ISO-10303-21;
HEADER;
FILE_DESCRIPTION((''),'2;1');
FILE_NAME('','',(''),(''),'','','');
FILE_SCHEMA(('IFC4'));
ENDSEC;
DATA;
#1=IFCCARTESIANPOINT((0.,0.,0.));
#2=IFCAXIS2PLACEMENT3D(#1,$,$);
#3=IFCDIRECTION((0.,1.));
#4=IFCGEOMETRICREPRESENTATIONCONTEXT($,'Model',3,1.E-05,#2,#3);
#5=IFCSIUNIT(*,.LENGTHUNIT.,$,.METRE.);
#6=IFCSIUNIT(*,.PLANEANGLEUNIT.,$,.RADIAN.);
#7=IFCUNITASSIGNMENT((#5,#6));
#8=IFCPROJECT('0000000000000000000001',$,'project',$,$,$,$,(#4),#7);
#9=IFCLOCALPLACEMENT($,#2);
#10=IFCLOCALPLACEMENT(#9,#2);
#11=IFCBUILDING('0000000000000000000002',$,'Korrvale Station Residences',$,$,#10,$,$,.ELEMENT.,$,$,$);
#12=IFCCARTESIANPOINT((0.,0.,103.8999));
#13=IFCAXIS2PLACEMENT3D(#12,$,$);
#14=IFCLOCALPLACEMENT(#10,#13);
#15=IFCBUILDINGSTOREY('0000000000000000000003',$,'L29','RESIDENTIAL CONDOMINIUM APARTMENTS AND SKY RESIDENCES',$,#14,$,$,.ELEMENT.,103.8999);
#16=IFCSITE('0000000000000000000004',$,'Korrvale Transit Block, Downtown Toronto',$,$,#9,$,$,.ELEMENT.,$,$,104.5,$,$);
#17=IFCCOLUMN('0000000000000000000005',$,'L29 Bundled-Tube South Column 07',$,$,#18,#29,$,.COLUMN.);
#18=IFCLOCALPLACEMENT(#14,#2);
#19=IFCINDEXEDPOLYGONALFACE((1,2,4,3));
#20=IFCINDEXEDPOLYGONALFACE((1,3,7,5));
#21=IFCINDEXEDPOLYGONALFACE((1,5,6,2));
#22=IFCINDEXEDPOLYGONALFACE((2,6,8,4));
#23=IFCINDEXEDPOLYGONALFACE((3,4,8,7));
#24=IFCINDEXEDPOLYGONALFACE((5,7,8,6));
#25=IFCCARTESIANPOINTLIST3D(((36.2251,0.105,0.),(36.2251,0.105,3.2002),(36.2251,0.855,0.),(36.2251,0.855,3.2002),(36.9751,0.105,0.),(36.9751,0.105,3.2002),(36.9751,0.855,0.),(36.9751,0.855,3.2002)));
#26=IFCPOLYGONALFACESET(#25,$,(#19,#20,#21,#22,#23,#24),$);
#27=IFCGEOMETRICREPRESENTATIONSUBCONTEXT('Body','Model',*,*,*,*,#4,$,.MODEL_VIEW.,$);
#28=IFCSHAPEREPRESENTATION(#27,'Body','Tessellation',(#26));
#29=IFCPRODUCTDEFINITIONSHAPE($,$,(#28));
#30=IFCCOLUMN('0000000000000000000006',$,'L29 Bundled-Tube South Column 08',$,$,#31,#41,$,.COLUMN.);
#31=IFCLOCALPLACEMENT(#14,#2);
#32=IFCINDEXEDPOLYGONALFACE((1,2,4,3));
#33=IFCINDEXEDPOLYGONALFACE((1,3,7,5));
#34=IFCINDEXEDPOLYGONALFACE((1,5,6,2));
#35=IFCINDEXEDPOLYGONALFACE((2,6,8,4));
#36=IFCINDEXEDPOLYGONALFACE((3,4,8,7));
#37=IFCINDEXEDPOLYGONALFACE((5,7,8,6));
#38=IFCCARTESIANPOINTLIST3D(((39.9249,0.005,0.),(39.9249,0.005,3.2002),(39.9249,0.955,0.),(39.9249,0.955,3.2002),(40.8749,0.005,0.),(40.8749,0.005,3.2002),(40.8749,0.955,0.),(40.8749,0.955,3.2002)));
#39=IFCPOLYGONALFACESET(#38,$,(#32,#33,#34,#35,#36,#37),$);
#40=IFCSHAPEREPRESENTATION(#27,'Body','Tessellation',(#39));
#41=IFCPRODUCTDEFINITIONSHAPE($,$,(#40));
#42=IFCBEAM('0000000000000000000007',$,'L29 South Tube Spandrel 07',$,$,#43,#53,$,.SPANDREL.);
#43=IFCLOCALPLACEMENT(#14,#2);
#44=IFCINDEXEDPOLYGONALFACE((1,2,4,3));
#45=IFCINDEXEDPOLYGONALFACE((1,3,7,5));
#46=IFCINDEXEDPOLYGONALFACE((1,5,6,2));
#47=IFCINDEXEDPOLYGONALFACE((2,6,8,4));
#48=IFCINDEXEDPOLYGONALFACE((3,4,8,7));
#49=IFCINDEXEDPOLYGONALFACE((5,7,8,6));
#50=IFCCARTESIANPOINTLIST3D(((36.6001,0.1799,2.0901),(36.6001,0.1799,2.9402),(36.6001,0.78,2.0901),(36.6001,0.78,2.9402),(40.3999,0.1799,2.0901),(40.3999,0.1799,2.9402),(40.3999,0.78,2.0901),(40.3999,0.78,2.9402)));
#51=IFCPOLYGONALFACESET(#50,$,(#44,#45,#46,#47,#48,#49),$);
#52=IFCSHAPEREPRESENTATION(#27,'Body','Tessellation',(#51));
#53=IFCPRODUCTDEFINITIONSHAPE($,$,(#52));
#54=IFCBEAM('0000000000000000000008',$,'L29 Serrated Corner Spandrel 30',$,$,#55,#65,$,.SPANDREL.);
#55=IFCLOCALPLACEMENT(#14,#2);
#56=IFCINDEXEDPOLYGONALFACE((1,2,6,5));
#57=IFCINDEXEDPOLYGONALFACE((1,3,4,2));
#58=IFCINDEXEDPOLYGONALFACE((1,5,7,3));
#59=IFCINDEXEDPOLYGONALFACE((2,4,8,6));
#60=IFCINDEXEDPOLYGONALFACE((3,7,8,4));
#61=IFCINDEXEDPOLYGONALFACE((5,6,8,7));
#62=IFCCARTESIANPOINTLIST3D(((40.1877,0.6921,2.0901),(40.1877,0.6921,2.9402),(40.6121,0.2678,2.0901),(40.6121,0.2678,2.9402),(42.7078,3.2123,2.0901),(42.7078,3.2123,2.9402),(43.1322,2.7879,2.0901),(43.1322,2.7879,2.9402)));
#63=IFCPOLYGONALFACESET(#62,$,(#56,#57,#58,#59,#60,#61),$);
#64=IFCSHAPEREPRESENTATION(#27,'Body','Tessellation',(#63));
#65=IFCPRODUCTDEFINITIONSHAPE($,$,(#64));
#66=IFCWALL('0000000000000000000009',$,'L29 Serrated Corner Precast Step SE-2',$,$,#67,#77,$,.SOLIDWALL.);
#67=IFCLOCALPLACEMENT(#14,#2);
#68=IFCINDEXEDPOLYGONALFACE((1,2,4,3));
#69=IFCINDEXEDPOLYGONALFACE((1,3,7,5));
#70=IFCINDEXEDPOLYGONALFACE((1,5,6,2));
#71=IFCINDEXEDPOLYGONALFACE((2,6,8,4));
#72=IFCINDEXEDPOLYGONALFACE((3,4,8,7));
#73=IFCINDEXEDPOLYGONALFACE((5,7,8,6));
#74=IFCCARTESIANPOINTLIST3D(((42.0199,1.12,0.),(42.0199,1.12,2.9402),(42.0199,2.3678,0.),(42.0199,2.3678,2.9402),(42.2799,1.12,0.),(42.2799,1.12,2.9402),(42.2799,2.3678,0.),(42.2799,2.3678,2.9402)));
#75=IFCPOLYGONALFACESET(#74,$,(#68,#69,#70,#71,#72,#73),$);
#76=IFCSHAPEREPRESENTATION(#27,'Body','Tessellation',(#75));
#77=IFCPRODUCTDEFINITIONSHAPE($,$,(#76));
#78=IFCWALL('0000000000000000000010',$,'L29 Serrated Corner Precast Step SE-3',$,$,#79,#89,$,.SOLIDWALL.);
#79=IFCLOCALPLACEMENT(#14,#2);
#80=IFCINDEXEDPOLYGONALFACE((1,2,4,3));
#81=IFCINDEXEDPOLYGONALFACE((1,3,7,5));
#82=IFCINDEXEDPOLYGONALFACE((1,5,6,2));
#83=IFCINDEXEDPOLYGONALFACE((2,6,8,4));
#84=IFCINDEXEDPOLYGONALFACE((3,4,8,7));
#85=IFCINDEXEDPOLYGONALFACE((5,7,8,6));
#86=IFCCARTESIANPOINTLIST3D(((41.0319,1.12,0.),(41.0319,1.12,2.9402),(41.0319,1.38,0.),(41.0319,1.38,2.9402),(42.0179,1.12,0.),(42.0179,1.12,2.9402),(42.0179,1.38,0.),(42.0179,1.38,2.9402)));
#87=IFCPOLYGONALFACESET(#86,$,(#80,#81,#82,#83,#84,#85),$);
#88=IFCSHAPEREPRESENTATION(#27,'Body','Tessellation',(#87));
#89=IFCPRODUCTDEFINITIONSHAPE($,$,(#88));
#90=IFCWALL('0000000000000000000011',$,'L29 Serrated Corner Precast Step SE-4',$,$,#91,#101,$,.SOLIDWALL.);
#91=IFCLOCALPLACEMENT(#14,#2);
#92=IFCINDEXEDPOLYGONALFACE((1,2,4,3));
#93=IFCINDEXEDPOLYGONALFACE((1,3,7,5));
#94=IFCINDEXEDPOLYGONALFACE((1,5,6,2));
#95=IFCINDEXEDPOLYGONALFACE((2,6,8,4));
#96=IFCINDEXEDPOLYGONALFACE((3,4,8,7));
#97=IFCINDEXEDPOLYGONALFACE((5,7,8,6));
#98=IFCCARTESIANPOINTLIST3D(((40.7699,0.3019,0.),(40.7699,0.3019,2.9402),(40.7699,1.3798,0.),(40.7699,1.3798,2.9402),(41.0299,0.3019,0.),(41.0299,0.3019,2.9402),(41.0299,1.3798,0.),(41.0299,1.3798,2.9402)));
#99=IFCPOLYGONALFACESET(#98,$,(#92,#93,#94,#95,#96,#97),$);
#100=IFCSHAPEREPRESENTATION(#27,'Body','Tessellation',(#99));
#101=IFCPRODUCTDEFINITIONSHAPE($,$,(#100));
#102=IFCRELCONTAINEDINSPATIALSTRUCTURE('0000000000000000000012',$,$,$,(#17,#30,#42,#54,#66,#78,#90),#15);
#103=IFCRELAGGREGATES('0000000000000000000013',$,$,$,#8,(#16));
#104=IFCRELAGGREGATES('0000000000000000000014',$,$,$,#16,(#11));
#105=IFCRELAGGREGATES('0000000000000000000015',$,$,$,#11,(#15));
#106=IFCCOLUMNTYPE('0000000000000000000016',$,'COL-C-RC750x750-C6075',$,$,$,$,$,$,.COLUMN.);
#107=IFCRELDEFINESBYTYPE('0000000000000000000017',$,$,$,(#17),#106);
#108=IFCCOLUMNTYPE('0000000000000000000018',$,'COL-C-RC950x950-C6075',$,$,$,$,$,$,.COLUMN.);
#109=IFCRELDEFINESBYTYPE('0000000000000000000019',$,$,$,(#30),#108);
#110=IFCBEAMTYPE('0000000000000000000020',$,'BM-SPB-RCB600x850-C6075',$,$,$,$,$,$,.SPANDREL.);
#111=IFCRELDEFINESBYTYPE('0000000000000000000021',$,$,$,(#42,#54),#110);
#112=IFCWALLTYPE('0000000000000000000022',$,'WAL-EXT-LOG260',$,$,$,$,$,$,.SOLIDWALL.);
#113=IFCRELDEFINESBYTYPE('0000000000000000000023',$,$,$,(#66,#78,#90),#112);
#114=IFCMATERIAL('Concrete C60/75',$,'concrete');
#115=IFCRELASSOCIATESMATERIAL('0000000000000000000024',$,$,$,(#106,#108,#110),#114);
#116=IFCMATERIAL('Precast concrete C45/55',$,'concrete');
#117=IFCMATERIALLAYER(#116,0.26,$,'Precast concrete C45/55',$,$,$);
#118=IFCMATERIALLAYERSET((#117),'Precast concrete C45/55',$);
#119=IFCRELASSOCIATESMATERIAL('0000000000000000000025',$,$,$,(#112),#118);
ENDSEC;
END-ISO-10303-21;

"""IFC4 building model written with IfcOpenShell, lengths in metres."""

from ifc_helpers import new_model, si_unit, direction, frame, frame_2d, origin, origin_2d, place, context, subcontext, project, spatial, rectangle, extrude, material, layer, layer_set, material_profile, profile_set, type_object, element, save


model = new_model("IFC4")

# Units and contexts
model_context = context("Model", 3, precision=1e-05, world=origin(), true_north=direction((0.0, 1.0)))
body_context = subcontext(model_context, "Body", "Model", "MODEL_VIEW")
ifc_project = project(units=[si_unit("LENGTHUNIT", "METRE"), si_unit("PLANEANGLEUNIT", "RADIAN")], contexts=[model_context])

# Site, building, storey
site_placement = place(None, origin())
site = spatial("IfcSite", under=ifc_project, at=site_placement, Name="Korrvale Transit Block, Downtown Toronto", CompositionType="ELEMENT", RefElevation=104.5)
building_placement = place(site_placement, origin())
building = spatial("IfcBuilding", under=site, at=building_placement, Name="Korrvale Station Residences", CompositionType="ELEMENT")
storey_placement = place(building_placement, frame((0.0, 0.0, 103.8999)))
storey = spatial("IfcBuildingStorey", under=building, at=storey_placement, Name="L29", Description="RESIDENTIAL CONDOMINIUM APARTMENTS AND SKY RESIDENCES", CompositionType="ELEMENT", Elevation=103.8999)

# Columns
ifc_material_1 = material(Name="Concrete C60/75", Category="concrete")
ifc_material_profile_1 = material_profile(ifc_material_1, rectangle(XDim=0.75, YDim=0.75, at=origin_2d()), Name="RC750x750")
ifc_profile_set_1 = profile_set([ifc_material_profile_1], Name="Concrete C60/75")
column_type_1 = type_object("IfcColumnType", Name="COL-C-RC750x750-C6075", PredefinedType="COLUMN", material=ifc_profile_set_1)
column_1_placement = place(storey_placement, frame((36.6001, 0.48, 0.0), z_axis=(0.0, 0.0, 1.0), x_axis=(1.0, 0.0, 0.0)))
element("IfcColumn", 1, at=column_1_placement, inside=storey, type_object=column_type_1, Name="L29 Bundled-Tube South Column 07", PredefinedType="COLUMN", context=body_context, shape_type="SweptSolid", body=[
    extrude(rectangle(XDim=0.75, YDim=0.75, at=origin_2d()), origin(), (0.0, 0.0, 1.0), 3.2002),
])
ifc_material_profile_2 = material_profile(ifc_material_1, rectangle(XDim=0.95, YDim=0.95, at=origin_2d()), Name="RC950x950")
ifc_profile_set_2 = profile_set([ifc_material_profile_2], Name="Concrete C60/75")
column_type_2 = type_object("IfcColumnType", Name="COL-C-RC950x950-C6075", PredefinedType="COLUMN", material=ifc_profile_set_2)
column_2_placement = place(storey_placement, frame((40.3999, 0.48, 0.0), z_axis=(0.0, 0.0, 1.0), x_axis=(1.0, 0.0, 0.0)))
element("IfcColumn", 2, at=column_2_placement, inside=storey, type_object=column_type_2, Name="L29 Bundled-Tube South Column 08", PredefinedType="COLUMN", context=body_context, shape_type="SweptSolid", body=[
    extrude(rectangle(XDim=0.95, YDim=0.95, at=origin_2d()), origin(), (0.0, 0.0, 1.0), 3.2002),
])

# Beams
ifc_material_profile_3 = material_profile(ifc_material_1, rectangle(XDim=0.6001, YDim=0.8501, at=origin_2d()), Name="RCB600x850")
ifc_profile_set_3 = profile_set([ifc_material_profile_3], Name="Concrete C60/75")
beam_type = type_object("IfcBeamType", Name="BM-SPB-RCB600x850-C6075", PredefinedType="SPANDREL", material=ifc_profile_set_3)
beam_1_placement = place(storey_placement, frame((36.6001, 0.48, 2.5151), z_axis=(1.0, 0.0, 0.0), x_axis=(0.0, 1.0, 0.0)))
element("IfcBeam", 3, at=beam_1_placement, inside=storey, type_object=beam_type, Name="L29 South Tube Spandrel 07", PredefinedType="SPANDREL", context=body_context, shape_type="SweptSolid", body=[
    extrude(rectangle(XDim=0.6001, YDim=0.8501, at=origin_2d()), origin(), (0.0, 0.0, 1.0), 3.7998),
])
beam_2_placement = place(storey_placement, frame((40.3999, 0.48, 2.5151), z_axis=(0.707107, 0.707107, 0.0), x_axis=(-0.707107, 0.707107, 0.0)))
element("IfcBeam", 4, at=beam_2_placement, inside=storey, type_object=beam_type, Name="L29 Serrated Corner Spandrel 30", PredefinedType="SPANDREL", context=body_context, shape_type="SweptSolid", body=[
    extrude(rectangle(XDim=0.6001, YDim=0.8501, at=origin_2d()), origin(), (0.0, 0.0, 1.0), 3.564),
])

# Walls
ifc_material_2 = material(Name="Precast concrete C45/55", Category="concrete")
ifc_layer_1 = layer(ifc_material_2, 0.26, Name="Precast concrete C45/55")
ifc_layer_set_1 = layer_set([ifc_layer_1], Name="Precast concrete C45/55")
wall_type_1 = type_object("IfcWallType", Name="WAL-EXT-LOG260", PredefinedType="SOLIDWALL", material=ifc_layer_set_1)
wall_1_placement = place(storey_placement, frame((42.1499, 2.3679, 0.0), z_axis=(0.0, 0.0, 1.0), x_axis=(0.0, -1.0, 0.0)))
element("IfcWall", 5, at=wall_1_placement, inside=storey, type_object=wall_type_1, Name="L29 Serrated Corner Precast Step SE-2", PredefinedType="SOLIDWALL", context=body_context, shape_type="SweptSolid", body=[
    extrude(rectangle(XDim=1.2478, YDim=0.26, at=frame_2d((0.624, 0.0))), origin(), (0.0, 0.0, 1.0), 2.9402),
])
wall_2_placement = place(storey_placement, frame((42.0181, 1.25, 0.0), z_axis=(0.0, 0.0, 1.0), x_axis=(-1.0, 0.0, 0.0)))
element("IfcWall", 6, at=wall_2_placement, inside=storey, type_object=wall_type_1, Name="L29 Serrated Corner Precast Step SE-3", PredefinedType="SOLIDWALL", context=body_context, shape_type="SweptSolid", body=[
    extrude(rectangle(XDim=0.9861, YDim=0.26, at=frame_2d((0.4932, 0.0))), origin(), (0.0, 0.0, 1.0), 2.9402),
])
wall_3_placement = place(storey_placement, frame((40.8999, 1.3799, 0.0), z_axis=(0.0, 0.0, 1.0), x_axis=(0.0, -1.0, 0.0)))
element("IfcWall", 7, at=wall_3_placement, inside=storey, type_object=wall_type_1, Name="L29 Serrated Corner Precast Step SE-4", PredefinedType="SOLIDWALL", context=body_context, shape_type="SweptSolid", body=[
    extrude(rectangle(XDim=1.0779, YDim=0.26, at=frame_2d((0.5391, 0.0))), origin(), (0.0, 0.0, 1.0), 2.9402),
])

save(model, "model.ifc")
